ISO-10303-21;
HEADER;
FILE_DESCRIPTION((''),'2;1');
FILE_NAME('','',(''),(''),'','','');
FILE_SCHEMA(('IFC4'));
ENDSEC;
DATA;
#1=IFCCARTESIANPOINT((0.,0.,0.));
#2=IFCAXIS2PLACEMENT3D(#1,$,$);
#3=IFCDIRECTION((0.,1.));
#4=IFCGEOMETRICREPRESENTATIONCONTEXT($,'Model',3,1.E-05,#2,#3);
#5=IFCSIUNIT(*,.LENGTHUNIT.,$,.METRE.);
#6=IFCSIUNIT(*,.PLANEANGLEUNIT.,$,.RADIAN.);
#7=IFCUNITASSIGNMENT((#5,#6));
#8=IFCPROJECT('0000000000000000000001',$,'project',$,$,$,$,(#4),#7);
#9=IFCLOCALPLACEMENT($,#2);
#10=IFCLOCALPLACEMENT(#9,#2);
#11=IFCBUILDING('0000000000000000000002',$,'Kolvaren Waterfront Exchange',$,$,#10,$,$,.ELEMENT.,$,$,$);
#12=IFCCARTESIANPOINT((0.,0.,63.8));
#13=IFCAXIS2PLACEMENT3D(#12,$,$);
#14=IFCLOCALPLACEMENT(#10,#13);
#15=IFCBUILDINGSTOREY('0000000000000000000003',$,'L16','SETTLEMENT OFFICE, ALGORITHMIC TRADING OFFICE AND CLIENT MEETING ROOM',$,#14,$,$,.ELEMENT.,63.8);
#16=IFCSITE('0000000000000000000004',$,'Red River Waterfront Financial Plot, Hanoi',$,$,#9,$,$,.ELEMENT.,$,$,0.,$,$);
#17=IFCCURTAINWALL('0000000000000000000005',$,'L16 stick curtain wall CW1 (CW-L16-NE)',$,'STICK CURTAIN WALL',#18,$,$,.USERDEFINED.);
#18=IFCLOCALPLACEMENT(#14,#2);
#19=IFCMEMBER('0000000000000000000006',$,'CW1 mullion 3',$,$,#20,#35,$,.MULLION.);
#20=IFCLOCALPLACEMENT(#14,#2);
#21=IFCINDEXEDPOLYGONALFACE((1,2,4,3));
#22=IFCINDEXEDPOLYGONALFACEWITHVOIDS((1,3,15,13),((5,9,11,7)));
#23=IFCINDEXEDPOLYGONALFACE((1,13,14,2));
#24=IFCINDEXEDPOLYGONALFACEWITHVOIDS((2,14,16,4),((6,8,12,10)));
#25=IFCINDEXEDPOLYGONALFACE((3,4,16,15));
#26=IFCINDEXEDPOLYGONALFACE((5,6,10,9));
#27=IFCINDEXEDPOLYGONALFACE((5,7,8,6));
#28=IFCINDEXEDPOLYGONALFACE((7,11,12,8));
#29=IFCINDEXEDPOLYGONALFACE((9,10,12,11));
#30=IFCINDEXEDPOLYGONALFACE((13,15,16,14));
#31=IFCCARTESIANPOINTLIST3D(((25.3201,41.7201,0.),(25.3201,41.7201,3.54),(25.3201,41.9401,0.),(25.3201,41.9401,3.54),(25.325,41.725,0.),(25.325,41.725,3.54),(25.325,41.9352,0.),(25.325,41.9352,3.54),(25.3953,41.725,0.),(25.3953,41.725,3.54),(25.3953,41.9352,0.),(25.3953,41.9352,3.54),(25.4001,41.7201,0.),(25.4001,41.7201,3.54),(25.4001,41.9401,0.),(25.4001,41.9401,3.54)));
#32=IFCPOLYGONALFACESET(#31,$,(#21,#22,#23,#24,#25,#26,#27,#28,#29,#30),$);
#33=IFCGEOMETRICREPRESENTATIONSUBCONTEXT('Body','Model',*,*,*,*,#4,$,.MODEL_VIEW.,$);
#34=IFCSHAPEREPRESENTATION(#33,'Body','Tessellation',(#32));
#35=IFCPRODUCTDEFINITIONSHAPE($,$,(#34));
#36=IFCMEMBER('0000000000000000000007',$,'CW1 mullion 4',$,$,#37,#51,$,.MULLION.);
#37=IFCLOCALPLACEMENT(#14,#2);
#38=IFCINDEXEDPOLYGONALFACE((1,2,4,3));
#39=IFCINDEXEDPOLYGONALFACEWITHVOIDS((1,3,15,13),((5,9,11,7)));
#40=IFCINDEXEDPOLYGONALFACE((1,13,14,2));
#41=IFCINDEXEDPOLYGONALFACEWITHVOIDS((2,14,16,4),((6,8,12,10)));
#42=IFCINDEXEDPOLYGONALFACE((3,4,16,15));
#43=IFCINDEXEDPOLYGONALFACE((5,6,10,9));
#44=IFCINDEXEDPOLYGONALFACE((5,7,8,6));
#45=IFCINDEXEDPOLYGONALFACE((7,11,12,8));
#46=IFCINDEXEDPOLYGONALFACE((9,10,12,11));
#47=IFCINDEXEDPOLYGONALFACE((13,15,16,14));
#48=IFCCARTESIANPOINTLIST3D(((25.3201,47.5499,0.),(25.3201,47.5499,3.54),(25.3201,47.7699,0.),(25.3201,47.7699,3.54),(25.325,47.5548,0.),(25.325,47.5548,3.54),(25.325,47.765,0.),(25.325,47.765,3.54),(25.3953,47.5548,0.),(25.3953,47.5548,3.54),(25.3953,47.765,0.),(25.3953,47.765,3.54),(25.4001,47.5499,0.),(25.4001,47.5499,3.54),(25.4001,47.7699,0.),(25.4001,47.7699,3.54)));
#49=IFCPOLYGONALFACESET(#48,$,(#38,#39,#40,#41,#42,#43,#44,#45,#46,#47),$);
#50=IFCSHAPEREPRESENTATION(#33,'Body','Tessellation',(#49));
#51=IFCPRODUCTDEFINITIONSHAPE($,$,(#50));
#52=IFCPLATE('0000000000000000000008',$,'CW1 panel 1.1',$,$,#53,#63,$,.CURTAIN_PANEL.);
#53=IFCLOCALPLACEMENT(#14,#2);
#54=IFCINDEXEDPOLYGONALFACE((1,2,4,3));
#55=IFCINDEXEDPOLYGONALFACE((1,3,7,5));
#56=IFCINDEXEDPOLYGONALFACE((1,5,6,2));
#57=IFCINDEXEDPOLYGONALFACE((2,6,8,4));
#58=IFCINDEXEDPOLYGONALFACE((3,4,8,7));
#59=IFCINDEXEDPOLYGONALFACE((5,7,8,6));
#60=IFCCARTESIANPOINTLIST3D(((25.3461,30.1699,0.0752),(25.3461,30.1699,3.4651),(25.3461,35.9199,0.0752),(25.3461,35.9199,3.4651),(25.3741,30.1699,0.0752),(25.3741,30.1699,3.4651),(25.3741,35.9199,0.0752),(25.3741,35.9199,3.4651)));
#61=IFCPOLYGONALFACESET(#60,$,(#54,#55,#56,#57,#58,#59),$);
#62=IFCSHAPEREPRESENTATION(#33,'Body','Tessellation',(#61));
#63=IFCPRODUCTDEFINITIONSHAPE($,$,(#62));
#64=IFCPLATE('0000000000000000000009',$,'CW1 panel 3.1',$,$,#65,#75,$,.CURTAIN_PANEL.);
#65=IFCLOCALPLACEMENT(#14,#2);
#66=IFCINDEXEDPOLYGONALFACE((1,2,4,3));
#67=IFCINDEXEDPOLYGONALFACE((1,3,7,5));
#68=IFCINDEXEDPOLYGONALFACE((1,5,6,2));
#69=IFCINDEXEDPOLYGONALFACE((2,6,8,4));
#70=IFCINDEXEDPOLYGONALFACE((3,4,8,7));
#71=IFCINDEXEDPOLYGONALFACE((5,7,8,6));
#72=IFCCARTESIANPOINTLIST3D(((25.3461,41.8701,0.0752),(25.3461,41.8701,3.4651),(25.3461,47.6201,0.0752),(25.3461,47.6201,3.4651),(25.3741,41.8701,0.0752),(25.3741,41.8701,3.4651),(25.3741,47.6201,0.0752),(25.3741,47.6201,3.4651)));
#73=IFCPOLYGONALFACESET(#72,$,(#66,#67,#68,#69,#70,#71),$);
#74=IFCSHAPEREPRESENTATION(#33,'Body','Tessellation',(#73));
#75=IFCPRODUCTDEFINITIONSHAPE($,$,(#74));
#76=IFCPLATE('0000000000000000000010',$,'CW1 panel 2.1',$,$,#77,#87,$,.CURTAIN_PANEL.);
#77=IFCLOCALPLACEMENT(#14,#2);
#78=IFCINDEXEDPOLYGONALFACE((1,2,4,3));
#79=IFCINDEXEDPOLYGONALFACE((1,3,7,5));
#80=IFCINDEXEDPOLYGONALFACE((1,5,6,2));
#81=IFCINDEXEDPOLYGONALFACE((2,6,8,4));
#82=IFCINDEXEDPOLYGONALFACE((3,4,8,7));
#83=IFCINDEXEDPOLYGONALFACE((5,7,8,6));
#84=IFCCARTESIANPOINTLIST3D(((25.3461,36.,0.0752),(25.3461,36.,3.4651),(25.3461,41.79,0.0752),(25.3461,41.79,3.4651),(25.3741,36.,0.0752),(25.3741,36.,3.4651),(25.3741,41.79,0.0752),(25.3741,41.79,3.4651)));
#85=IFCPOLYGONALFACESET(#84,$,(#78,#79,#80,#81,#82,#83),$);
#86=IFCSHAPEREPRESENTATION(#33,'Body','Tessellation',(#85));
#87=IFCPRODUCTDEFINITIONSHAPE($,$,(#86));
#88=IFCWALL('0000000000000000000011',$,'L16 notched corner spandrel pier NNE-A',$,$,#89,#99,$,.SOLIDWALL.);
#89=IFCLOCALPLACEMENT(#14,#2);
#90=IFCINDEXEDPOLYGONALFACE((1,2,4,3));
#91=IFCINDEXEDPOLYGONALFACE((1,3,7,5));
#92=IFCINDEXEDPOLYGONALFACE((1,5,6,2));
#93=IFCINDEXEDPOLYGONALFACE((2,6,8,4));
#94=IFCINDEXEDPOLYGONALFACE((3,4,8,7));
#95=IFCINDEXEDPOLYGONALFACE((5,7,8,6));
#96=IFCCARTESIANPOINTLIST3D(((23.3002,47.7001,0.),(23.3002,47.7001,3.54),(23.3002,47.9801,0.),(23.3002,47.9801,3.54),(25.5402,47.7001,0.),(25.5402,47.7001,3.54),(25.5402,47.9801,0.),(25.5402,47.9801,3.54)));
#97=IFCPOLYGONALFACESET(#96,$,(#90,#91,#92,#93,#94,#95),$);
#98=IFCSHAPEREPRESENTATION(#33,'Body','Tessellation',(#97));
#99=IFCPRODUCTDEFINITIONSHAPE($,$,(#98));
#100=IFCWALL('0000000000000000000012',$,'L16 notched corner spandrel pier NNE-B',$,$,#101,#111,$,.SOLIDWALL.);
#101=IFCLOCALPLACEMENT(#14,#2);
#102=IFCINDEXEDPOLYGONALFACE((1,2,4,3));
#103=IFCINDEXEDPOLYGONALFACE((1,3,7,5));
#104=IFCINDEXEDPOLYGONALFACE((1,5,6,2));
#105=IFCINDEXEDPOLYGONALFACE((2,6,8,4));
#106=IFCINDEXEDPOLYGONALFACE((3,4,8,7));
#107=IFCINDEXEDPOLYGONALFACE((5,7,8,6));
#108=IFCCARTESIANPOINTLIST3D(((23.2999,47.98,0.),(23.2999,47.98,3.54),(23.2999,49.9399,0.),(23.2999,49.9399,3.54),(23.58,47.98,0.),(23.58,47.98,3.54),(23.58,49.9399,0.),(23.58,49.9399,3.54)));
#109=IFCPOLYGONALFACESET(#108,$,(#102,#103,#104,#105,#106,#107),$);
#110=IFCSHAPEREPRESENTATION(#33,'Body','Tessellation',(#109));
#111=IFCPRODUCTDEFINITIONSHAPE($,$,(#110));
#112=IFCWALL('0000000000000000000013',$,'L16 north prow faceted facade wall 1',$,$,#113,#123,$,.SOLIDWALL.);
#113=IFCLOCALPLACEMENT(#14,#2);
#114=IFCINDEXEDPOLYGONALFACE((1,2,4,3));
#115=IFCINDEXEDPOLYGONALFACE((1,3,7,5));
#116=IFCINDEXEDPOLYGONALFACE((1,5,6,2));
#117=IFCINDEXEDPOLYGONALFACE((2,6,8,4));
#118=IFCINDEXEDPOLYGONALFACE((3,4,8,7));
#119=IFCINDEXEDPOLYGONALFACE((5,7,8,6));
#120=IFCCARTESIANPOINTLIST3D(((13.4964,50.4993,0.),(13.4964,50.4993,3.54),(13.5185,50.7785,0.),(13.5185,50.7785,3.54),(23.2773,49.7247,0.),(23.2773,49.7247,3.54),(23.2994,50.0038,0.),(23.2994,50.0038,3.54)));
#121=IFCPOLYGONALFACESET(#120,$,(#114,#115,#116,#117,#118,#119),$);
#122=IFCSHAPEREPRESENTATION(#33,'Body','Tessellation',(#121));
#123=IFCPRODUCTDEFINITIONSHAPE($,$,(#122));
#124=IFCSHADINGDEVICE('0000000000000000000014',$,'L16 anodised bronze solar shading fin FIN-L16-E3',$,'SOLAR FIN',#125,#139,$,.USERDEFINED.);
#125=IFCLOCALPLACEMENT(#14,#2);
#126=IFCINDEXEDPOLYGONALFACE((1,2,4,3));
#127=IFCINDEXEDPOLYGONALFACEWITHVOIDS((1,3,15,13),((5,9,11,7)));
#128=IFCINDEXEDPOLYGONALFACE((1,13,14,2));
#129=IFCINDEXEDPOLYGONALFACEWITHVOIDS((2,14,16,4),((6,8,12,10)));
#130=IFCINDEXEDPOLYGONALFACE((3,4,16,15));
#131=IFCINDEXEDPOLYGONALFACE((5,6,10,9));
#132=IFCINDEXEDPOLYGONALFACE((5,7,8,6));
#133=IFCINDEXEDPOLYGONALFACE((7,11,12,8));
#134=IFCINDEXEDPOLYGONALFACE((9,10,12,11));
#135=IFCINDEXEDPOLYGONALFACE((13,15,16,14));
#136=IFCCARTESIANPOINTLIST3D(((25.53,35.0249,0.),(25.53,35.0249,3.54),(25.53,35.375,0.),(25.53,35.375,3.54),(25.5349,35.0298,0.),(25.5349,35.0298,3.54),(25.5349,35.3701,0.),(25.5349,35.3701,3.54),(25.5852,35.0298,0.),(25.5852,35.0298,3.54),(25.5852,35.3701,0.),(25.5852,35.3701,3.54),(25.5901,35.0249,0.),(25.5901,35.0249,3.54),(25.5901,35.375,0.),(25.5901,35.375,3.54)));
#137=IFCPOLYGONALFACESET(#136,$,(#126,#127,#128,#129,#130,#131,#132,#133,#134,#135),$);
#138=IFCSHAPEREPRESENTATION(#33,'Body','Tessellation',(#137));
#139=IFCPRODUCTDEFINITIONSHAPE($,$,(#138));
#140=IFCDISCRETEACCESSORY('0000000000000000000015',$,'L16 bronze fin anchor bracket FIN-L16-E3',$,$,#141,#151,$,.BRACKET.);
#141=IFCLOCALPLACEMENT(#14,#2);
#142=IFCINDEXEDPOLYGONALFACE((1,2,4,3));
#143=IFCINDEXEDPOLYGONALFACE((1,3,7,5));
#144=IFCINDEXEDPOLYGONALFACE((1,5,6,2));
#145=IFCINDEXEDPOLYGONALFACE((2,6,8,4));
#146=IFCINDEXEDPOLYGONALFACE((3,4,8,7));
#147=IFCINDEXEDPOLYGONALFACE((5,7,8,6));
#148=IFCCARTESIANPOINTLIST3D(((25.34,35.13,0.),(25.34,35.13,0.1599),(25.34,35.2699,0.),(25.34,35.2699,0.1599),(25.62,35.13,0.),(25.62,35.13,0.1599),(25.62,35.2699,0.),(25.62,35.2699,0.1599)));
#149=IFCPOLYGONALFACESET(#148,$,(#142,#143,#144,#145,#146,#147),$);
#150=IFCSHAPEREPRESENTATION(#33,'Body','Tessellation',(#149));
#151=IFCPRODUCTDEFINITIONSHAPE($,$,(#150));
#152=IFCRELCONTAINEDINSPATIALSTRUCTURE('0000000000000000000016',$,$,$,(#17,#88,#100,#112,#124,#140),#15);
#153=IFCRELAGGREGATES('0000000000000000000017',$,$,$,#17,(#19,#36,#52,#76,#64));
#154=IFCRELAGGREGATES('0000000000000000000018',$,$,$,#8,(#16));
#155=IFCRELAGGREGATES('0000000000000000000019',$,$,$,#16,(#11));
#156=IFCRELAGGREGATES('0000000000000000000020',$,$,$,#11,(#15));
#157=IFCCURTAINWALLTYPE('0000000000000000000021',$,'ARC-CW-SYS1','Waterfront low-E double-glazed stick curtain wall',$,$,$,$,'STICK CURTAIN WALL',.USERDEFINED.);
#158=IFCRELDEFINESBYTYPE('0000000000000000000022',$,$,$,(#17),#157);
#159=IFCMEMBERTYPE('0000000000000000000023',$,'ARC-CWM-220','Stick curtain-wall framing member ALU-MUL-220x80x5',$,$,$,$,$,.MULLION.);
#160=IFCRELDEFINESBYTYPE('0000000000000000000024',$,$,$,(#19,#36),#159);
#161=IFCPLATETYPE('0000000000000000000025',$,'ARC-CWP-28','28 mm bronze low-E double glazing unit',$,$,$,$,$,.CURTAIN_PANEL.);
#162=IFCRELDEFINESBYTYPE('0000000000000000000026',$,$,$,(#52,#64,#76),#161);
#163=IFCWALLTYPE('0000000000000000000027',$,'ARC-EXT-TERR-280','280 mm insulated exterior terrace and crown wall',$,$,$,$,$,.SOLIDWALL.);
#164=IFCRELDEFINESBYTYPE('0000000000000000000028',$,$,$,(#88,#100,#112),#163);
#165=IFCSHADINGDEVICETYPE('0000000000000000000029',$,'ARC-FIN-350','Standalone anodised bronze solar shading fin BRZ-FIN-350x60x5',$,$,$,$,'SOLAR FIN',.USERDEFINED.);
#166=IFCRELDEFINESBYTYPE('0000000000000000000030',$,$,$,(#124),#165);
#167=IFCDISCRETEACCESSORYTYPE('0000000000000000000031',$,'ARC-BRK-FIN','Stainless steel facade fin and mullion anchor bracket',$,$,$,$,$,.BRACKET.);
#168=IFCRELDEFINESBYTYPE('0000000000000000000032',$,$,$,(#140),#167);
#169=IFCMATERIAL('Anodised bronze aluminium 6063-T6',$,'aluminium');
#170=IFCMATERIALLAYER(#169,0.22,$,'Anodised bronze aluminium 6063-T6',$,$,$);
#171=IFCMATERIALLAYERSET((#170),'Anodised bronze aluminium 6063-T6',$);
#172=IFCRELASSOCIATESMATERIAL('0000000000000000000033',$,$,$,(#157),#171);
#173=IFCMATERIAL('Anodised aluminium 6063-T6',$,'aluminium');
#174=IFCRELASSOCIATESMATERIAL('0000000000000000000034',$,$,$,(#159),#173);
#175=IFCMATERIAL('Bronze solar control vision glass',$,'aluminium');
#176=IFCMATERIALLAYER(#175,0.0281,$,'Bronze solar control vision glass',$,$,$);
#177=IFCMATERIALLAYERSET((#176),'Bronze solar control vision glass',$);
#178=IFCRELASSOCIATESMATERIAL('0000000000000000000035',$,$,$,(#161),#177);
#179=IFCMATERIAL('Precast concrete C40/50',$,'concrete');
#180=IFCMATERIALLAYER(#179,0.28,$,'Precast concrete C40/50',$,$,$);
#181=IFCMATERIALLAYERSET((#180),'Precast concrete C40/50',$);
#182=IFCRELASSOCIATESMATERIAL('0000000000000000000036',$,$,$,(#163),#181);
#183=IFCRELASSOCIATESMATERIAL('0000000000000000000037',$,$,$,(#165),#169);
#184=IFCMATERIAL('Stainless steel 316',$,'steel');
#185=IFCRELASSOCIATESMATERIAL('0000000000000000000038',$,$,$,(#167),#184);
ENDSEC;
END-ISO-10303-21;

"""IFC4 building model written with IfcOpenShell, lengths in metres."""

from ifc_helpers import new_model, si_unit, direction, frame, frame_2d, origin, origin_with_axes, origin_2d, place, context, subcontext, project, spatial, rectangle, hollow_rectangle, extrude, source, transform, mapped, material, layer, layer_set, material_profile, profile_set, type_object, element, aggregate, save


model = new_model("IFC4")

# Units and contexts
model_context = context("Model", 3, precision=1e-05, world=origin(), true_north=direction((0.0, 1.0)))
body_context = subcontext(model_context, "Body", "Model", "MODEL_VIEW")
ifc_project = project(units=[si_unit("LENGTHUNIT", "METRE"), si_unit("PLANEANGLEUNIT", "RADIAN")], contexts=[model_context])

# Site, building, storey
site_placement = place(None, origin())
site = spatial("IfcSite", under=ifc_project, at=site_placement, Name="Red River Waterfront Financial Plot, Hanoi", CompositionType="ELEMENT", RefElevation=0.0)
building_placement = place(site_placement, origin())
building = spatial("IfcBuilding", under=site, at=building_placement, Name="Kolvaren Waterfront Exchange", CompositionType="ELEMENT")
storey_placement = place(building_placement, frame((0.0, 0.0, 63.8)))
storey = spatial("IfcBuildingStorey", under=building, at=storey_placement, Name="L16", Description="SETTLEMENT OFFICE, ALGORITHMIC TRADING OFFICE AND CLIENT MEETING ROOM", CompositionType="ELEMENT", Elevation=63.8)

# Curtain wall, members, plates
ifc_material_1 = material(Name="Anodised bronze aluminium 6063-T6", Category="aluminium")
ifc_layer_1 = layer(ifc_material_1, 0.22, Name="Anodised bronze aluminium 6063-T6")
ifc_layer_set_1 = layer_set([ifc_layer_1], Name="Anodised bronze aluminium 6063-T6")
curtain_wall_type = type_object("IfcCurtainWallType", Name="ARC-CW-SYS1", Description="Waterfront low-E double-glazed stick curtain wall", ElementType="STICK CURTAIN WALL", PredefinedType="USERDEFINED", material=ifc_layer_set_1)
curtain_wall_placement = place(storey_placement, origin())
curtain_wall = element("IfcCurtainWall", 1, at=curtain_wall_placement, inside=storey, type_object=curtain_wall_type, Name="L16 stick curtain wall CW1 (CW-L16-NE)", ObjectType="STICK CURTAIN WALL", PredefinedType="USERDEFINED")
ifc_material_2 = material(Name="Anodised aluminium 6063-T6", Category="aluminium")
ifc_material_profile_1 = material_profile(ifc_material_2, hollow_rectangle(XDim=0.0801, YDim=0.22, WallThickness=0.0049, at=origin_2d()), Name="ALU-MUL-220x80x5")
ifc_profile_set_1 = profile_set([ifc_material_profile_1], Name="Anodised aluminium 6063-T6")
member_type_1 = type_object("IfcMemberType", Name="ARC-CWM-220", Description="Stick curtain-wall framing member ALU-MUL-220x80x5", PredefinedType="MULLION", material=ifc_profile_set_1)
shared_shape_1 = source(origin_with_axes(), body_context, "Body", "SweptSolid", [
    extrude(hollow_rectangle(XDim=0.0801, YDim=0.22, WallThickness=0.0049, at=origin_2d()), origin(), (0.0, 0.0, 1.0), 3.54),
])
member_1_placement = place(storey_placement, frame((25.3601, 41.8301, 0.0), z_axis=(0.0, 0.0, 1.0), x_axis=(-1.0, 0.0, 0.0)))
member_1 = element("IfcMember", 2, at=member_1_placement, type_object=member_type_1, Name="CW1 mullion 3", PredefinedType="MULLION", context=body_context, shape_type="MappedRepresentation", body=[
    mapped(shared_shape_1, transform((0.0, 0.0, 0.0), x_axis=(1.0, 0.0, 0.0), y_axis=(0.0, 1.0, 0.0), z_axis=(0.0, 0.0, 1.0), scale=1.0)),
])
member_2_placement = place(storey_placement, frame((25.3601, 47.6599, 0.0), z_axis=(0.0, 0.0, 1.0), x_axis=(-1.0, 0.0, 0.0)))
member_2 = element("IfcMember", 3, at=member_2_placement, type_object=member_type_1, Name="CW1 mullion 4", PredefinedType="MULLION", context=body_context, shape_type="MappedRepresentation", body=[
    mapped(shared_shape_1, transform((0.0, 0.0, 0.0), x_axis=(1.0, 0.0, 0.0), y_axis=(0.0, 1.0, 0.0), z_axis=(0.0, 0.0, 1.0), scale=1.0)),
])
ifc_material_3 = material(Name="Bronze solar control vision glass", Category="aluminium")
ifc_layer_2 = layer(ifc_material_3, 0.0281, Name="Bronze solar control vision glass")
ifc_layer_set_2 = layer_set([ifc_layer_2], Name="Bronze solar control vision glass")
plate_type = type_object("IfcPlateType", Name="ARC-CWP-28", Description="28 mm bronze low-E double glazing unit", PredefinedType="CURTAIN_PANEL", material=ifc_layer_set_2)
shared_shape_2 = source(origin_with_axes(), body_context, "Body", "SweptSolid", [
    extrude(rectangle(XDim=5.75, YDim=0.0281, at=origin_2d()), origin(), (0.0, 0.0, 1.0), 3.3899),
])
plate_1_placement = place(storey_placement, frame((25.3601, 33.0449, 0.0752), z_axis=(0.0, 0.0, 1.0), x_axis=(0.0, 1.0, 0.0)))
plate_1 = element("IfcPlate", 4, at=plate_1_placement, type_object=plate_type, Name="CW1 panel 1.1", PredefinedType="CURTAIN_PANEL", context=body_context, shape_type="MappedRepresentation", body=[
    mapped(shared_shape_2, transform((0.0, 0.0, 0.0), x_axis=(1.0, 0.0, 0.0), y_axis=(0.0, 1.0, 0.0), z_axis=(0.0, 0.0, 1.0), scale=1.0)),
])
plate_2_placement = place(storey_placement, frame((25.3601, 44.7451, 0.0752), z_axis=(0.0, 0.0, 1.0), x_axis=(0.0, 1.0, 0.0)))
plate_2 = element("IfcPlate", 5, at=plate_2_placement, type_object=plate_type, Name="CW1 panel 3.1", PredefinedType="CURTAIN_PANEL", context=body_context, shape_type="MappedRepresentation", body=[
    mapped(shared_shape_2, transform((0.0, 0.0, 0.0), x_axis=(1.0, 0.0, 0.0), y_axis=(0.0, 1.0, 0.0), z_axis=(0.0, 0.0, 1.0), scale=1.0)),
])
shared_shape_3 = source(origin_with_axes(), body_context, "Body", "SweptSolid", [
    extrude(rectangle(XDim=5.79, YDim=0.0281, at=origin_2d()), origin(), (0.0, 0.0, 1.0), 3.3899),
])
plate_3_placement = place(storey_placement, frame((25.3601, 38.895, 0.0752), z_axis=(0.0, 0.0, 1.0), x_axis=(0.0, 1.0, 0.0)))
plate_3 = element("IfcPlate", 6, at=plate_3_placement, type_object=plate_type, Name="CW1 panel 2.1", PredefinedType="CURTAIN_PANEL", context=body_context, shape_type="MappedRepresentation", body=[
    mapped(shared_shape_3, transform((0.0, 0.0, 0.0), x_axis=(1.0, 0.0, 0.0), y_axis=(0.0, 1.0, 0.0), z_axis=(0.0, 0.0, 1.0), scale=1.0)),
])
aggregate(curtain_wall, [member_1, member_2, plate_1, plate_3, plate_2])

# Walls
ifc_material_4 = material(Name="Precast concrete C40/50", Category="concrete")
ifc_layer_3 = layer(ifc_material_4, 0.28, Name="Precast concrete C40/50")
ifc_layer_set_3 = layer_set([ifc_layer_3], Name="Precast concrete C40/50")
wall_type = type_object("IfcWallType", Name="ARC-EXT-TERR-280", Description="280 mm insulated exterior terrace and crown wall", PredefinedType="SOLIDWALL", material=ifc_layer_set_3)
wall_1_placement = place(storey_placement, frame((23.3, 47.8401, 0.0), z_axis=(0.0, 0.0, 1.0), x_axis=(1.0, 0.0, 0.0)))
element("IfcWall", 7, at=wall_1_placement, inside=storey, type_object=wall_type, Name="L16 notched corner spandrel pier NNE-A", PredefinedType="SOLIDWALL", context=body_context, shape_type="SweptSolid", body=[
    extrude(rectangle(XDim=2.24, YDim=0.28, at=frame_2d((1.1201, 0.0))), origin(), (0.0, 0.0, 1.0), 3.54),
])
wall_2_placement = place(storey_placement, frame((23.4399, 47.98, 0.0), z_axis=(0.0, 0.0, 1.0), x_axis=(0.0, 1.0, 0.0)))
element("IfcWall", 8, at=wall_2_placement, inside=storey, type_object=wall_type, Name="L16 notched corner spandrel pier NNE-B", PredefinedType="SOLIDWALL", context=body_context, shape_type="SweptSolid", body=[
    extrude(rectangle(XDim=1.96, YDim=0.28, at=frame_2d((0.98, 0.0))), origin(), (0.0, 0.0, 1.0), 3.54),
])
wall_3_placement = place(storey_placement, frame((23.2883, 49.8643, 0.0), z_axis=(0.0, 0.0, 1.0), x_axis=(-0.996878, 0.078953, 0.0)))
element("IfcWall", 9, at=wall_3_placement, inside=storey, type_object=wall_type, Name="L16 north prow faceted facade wall 1", PredefinedType="SOLIDWALL", context=body_context, shape_type="SweptSolid", body=[
    extrude(rectangle(XDim=9.8115, YDim=0.28, at=frame_2d((4.9058, 0.0))), origin(), (0.0, 0.0, 1.0), 3.54),
])

# Shading device
ifc_material_profile_2 = material_profile(ifc_material_1, hollow_rectangle(XDim=0.0601, YDim=0.3501, WallThickness=0.0049, at=origin_2d()), Name="BRZ-FIN-350x60x5")
ifc_profile_set_2 = profile_set([ifc_material_profile_2], Name="Anodised bronze aluminium 6063-T6")
shading_device_type = type_object("IfcShadingDeviceType", Name="ARC-FIN-350", Description="Standalone anodised bronze solar shading fin BRZ-FIN-350x60x5", ElementType="SOLAR FIN", PredefinedType="USERDEFINED", material=ifc_profile_set_2)
shading_device_placement = place(storey_placement, frame((25.5601, 35.2, 0.0), z_axis=(0.0, 0.0, 1.0), x_axis=(1.0, 0.0, 0.0)))
element("IfcShadingDevice", 10, at=shading_device_placement, inside=storey, type_object=shading_device_type, Name="L16 anodised bronze solar shading fin FIN-L16-E3", ObjectType="SOLAR FIN", PredefinedType="USERDEFINED", context=body_context, shape_type="SweptSolid", body=[
    extrude(hollow_rectangle(XDim=0.0601, YDim=0.3501, WallThickness=0.0049, at=origin_2d()), origin(), (0.0, 0.0, 1.0), 3.54),
])

# Discrete accessory
ifc_material_5 = material(Name="Stainless steel 316", Category="steel")
discrete_accessory_type = type_object("IfcDiscreteAccessoryType", Name="ARC-BRK-FIN", Description="Stainless steel facade fin and mullion anchor bracket", PredefinedType="BRACKET", material=ifc_material_5)
shared_shape_4 = source(origin_with_axes(), body_context, "Body", "SweptSolid", [
    extrude(rectangle(XDim=0.28, YDim=0.1399, at=origin_2d()), origin(), (0.0, 0.0, 1.0), 0.1599),
])
discrete_accessory_placement = place(storey_placement, frame((25.48, 35.2, 0.0), z_axis=(0.0, 0.0, 1.0), x_axis=(1.0, 0.0, 0.0)))
element("IfcDiscreteAccessory", 11, at=discrete_accessory_placement, inside=storey, type_object=discrete_accessory_type, Name="L16 bronze fin anchor bracket FIN-L16-E3", PredefinedType="BRACKET", context=body_context, shape_type="MappedRepresentation", body=[
    mapped(shared_shape_4, transform((0.0, 0.0, 0.0), x_axis=(1.0, 0.0, 0.0), y_axis=(0.0, 1.0, 0.0), z_axis=(0.0, 0.0, 1.0), scale=1.0)),
])

save(model, "model.ifc")
